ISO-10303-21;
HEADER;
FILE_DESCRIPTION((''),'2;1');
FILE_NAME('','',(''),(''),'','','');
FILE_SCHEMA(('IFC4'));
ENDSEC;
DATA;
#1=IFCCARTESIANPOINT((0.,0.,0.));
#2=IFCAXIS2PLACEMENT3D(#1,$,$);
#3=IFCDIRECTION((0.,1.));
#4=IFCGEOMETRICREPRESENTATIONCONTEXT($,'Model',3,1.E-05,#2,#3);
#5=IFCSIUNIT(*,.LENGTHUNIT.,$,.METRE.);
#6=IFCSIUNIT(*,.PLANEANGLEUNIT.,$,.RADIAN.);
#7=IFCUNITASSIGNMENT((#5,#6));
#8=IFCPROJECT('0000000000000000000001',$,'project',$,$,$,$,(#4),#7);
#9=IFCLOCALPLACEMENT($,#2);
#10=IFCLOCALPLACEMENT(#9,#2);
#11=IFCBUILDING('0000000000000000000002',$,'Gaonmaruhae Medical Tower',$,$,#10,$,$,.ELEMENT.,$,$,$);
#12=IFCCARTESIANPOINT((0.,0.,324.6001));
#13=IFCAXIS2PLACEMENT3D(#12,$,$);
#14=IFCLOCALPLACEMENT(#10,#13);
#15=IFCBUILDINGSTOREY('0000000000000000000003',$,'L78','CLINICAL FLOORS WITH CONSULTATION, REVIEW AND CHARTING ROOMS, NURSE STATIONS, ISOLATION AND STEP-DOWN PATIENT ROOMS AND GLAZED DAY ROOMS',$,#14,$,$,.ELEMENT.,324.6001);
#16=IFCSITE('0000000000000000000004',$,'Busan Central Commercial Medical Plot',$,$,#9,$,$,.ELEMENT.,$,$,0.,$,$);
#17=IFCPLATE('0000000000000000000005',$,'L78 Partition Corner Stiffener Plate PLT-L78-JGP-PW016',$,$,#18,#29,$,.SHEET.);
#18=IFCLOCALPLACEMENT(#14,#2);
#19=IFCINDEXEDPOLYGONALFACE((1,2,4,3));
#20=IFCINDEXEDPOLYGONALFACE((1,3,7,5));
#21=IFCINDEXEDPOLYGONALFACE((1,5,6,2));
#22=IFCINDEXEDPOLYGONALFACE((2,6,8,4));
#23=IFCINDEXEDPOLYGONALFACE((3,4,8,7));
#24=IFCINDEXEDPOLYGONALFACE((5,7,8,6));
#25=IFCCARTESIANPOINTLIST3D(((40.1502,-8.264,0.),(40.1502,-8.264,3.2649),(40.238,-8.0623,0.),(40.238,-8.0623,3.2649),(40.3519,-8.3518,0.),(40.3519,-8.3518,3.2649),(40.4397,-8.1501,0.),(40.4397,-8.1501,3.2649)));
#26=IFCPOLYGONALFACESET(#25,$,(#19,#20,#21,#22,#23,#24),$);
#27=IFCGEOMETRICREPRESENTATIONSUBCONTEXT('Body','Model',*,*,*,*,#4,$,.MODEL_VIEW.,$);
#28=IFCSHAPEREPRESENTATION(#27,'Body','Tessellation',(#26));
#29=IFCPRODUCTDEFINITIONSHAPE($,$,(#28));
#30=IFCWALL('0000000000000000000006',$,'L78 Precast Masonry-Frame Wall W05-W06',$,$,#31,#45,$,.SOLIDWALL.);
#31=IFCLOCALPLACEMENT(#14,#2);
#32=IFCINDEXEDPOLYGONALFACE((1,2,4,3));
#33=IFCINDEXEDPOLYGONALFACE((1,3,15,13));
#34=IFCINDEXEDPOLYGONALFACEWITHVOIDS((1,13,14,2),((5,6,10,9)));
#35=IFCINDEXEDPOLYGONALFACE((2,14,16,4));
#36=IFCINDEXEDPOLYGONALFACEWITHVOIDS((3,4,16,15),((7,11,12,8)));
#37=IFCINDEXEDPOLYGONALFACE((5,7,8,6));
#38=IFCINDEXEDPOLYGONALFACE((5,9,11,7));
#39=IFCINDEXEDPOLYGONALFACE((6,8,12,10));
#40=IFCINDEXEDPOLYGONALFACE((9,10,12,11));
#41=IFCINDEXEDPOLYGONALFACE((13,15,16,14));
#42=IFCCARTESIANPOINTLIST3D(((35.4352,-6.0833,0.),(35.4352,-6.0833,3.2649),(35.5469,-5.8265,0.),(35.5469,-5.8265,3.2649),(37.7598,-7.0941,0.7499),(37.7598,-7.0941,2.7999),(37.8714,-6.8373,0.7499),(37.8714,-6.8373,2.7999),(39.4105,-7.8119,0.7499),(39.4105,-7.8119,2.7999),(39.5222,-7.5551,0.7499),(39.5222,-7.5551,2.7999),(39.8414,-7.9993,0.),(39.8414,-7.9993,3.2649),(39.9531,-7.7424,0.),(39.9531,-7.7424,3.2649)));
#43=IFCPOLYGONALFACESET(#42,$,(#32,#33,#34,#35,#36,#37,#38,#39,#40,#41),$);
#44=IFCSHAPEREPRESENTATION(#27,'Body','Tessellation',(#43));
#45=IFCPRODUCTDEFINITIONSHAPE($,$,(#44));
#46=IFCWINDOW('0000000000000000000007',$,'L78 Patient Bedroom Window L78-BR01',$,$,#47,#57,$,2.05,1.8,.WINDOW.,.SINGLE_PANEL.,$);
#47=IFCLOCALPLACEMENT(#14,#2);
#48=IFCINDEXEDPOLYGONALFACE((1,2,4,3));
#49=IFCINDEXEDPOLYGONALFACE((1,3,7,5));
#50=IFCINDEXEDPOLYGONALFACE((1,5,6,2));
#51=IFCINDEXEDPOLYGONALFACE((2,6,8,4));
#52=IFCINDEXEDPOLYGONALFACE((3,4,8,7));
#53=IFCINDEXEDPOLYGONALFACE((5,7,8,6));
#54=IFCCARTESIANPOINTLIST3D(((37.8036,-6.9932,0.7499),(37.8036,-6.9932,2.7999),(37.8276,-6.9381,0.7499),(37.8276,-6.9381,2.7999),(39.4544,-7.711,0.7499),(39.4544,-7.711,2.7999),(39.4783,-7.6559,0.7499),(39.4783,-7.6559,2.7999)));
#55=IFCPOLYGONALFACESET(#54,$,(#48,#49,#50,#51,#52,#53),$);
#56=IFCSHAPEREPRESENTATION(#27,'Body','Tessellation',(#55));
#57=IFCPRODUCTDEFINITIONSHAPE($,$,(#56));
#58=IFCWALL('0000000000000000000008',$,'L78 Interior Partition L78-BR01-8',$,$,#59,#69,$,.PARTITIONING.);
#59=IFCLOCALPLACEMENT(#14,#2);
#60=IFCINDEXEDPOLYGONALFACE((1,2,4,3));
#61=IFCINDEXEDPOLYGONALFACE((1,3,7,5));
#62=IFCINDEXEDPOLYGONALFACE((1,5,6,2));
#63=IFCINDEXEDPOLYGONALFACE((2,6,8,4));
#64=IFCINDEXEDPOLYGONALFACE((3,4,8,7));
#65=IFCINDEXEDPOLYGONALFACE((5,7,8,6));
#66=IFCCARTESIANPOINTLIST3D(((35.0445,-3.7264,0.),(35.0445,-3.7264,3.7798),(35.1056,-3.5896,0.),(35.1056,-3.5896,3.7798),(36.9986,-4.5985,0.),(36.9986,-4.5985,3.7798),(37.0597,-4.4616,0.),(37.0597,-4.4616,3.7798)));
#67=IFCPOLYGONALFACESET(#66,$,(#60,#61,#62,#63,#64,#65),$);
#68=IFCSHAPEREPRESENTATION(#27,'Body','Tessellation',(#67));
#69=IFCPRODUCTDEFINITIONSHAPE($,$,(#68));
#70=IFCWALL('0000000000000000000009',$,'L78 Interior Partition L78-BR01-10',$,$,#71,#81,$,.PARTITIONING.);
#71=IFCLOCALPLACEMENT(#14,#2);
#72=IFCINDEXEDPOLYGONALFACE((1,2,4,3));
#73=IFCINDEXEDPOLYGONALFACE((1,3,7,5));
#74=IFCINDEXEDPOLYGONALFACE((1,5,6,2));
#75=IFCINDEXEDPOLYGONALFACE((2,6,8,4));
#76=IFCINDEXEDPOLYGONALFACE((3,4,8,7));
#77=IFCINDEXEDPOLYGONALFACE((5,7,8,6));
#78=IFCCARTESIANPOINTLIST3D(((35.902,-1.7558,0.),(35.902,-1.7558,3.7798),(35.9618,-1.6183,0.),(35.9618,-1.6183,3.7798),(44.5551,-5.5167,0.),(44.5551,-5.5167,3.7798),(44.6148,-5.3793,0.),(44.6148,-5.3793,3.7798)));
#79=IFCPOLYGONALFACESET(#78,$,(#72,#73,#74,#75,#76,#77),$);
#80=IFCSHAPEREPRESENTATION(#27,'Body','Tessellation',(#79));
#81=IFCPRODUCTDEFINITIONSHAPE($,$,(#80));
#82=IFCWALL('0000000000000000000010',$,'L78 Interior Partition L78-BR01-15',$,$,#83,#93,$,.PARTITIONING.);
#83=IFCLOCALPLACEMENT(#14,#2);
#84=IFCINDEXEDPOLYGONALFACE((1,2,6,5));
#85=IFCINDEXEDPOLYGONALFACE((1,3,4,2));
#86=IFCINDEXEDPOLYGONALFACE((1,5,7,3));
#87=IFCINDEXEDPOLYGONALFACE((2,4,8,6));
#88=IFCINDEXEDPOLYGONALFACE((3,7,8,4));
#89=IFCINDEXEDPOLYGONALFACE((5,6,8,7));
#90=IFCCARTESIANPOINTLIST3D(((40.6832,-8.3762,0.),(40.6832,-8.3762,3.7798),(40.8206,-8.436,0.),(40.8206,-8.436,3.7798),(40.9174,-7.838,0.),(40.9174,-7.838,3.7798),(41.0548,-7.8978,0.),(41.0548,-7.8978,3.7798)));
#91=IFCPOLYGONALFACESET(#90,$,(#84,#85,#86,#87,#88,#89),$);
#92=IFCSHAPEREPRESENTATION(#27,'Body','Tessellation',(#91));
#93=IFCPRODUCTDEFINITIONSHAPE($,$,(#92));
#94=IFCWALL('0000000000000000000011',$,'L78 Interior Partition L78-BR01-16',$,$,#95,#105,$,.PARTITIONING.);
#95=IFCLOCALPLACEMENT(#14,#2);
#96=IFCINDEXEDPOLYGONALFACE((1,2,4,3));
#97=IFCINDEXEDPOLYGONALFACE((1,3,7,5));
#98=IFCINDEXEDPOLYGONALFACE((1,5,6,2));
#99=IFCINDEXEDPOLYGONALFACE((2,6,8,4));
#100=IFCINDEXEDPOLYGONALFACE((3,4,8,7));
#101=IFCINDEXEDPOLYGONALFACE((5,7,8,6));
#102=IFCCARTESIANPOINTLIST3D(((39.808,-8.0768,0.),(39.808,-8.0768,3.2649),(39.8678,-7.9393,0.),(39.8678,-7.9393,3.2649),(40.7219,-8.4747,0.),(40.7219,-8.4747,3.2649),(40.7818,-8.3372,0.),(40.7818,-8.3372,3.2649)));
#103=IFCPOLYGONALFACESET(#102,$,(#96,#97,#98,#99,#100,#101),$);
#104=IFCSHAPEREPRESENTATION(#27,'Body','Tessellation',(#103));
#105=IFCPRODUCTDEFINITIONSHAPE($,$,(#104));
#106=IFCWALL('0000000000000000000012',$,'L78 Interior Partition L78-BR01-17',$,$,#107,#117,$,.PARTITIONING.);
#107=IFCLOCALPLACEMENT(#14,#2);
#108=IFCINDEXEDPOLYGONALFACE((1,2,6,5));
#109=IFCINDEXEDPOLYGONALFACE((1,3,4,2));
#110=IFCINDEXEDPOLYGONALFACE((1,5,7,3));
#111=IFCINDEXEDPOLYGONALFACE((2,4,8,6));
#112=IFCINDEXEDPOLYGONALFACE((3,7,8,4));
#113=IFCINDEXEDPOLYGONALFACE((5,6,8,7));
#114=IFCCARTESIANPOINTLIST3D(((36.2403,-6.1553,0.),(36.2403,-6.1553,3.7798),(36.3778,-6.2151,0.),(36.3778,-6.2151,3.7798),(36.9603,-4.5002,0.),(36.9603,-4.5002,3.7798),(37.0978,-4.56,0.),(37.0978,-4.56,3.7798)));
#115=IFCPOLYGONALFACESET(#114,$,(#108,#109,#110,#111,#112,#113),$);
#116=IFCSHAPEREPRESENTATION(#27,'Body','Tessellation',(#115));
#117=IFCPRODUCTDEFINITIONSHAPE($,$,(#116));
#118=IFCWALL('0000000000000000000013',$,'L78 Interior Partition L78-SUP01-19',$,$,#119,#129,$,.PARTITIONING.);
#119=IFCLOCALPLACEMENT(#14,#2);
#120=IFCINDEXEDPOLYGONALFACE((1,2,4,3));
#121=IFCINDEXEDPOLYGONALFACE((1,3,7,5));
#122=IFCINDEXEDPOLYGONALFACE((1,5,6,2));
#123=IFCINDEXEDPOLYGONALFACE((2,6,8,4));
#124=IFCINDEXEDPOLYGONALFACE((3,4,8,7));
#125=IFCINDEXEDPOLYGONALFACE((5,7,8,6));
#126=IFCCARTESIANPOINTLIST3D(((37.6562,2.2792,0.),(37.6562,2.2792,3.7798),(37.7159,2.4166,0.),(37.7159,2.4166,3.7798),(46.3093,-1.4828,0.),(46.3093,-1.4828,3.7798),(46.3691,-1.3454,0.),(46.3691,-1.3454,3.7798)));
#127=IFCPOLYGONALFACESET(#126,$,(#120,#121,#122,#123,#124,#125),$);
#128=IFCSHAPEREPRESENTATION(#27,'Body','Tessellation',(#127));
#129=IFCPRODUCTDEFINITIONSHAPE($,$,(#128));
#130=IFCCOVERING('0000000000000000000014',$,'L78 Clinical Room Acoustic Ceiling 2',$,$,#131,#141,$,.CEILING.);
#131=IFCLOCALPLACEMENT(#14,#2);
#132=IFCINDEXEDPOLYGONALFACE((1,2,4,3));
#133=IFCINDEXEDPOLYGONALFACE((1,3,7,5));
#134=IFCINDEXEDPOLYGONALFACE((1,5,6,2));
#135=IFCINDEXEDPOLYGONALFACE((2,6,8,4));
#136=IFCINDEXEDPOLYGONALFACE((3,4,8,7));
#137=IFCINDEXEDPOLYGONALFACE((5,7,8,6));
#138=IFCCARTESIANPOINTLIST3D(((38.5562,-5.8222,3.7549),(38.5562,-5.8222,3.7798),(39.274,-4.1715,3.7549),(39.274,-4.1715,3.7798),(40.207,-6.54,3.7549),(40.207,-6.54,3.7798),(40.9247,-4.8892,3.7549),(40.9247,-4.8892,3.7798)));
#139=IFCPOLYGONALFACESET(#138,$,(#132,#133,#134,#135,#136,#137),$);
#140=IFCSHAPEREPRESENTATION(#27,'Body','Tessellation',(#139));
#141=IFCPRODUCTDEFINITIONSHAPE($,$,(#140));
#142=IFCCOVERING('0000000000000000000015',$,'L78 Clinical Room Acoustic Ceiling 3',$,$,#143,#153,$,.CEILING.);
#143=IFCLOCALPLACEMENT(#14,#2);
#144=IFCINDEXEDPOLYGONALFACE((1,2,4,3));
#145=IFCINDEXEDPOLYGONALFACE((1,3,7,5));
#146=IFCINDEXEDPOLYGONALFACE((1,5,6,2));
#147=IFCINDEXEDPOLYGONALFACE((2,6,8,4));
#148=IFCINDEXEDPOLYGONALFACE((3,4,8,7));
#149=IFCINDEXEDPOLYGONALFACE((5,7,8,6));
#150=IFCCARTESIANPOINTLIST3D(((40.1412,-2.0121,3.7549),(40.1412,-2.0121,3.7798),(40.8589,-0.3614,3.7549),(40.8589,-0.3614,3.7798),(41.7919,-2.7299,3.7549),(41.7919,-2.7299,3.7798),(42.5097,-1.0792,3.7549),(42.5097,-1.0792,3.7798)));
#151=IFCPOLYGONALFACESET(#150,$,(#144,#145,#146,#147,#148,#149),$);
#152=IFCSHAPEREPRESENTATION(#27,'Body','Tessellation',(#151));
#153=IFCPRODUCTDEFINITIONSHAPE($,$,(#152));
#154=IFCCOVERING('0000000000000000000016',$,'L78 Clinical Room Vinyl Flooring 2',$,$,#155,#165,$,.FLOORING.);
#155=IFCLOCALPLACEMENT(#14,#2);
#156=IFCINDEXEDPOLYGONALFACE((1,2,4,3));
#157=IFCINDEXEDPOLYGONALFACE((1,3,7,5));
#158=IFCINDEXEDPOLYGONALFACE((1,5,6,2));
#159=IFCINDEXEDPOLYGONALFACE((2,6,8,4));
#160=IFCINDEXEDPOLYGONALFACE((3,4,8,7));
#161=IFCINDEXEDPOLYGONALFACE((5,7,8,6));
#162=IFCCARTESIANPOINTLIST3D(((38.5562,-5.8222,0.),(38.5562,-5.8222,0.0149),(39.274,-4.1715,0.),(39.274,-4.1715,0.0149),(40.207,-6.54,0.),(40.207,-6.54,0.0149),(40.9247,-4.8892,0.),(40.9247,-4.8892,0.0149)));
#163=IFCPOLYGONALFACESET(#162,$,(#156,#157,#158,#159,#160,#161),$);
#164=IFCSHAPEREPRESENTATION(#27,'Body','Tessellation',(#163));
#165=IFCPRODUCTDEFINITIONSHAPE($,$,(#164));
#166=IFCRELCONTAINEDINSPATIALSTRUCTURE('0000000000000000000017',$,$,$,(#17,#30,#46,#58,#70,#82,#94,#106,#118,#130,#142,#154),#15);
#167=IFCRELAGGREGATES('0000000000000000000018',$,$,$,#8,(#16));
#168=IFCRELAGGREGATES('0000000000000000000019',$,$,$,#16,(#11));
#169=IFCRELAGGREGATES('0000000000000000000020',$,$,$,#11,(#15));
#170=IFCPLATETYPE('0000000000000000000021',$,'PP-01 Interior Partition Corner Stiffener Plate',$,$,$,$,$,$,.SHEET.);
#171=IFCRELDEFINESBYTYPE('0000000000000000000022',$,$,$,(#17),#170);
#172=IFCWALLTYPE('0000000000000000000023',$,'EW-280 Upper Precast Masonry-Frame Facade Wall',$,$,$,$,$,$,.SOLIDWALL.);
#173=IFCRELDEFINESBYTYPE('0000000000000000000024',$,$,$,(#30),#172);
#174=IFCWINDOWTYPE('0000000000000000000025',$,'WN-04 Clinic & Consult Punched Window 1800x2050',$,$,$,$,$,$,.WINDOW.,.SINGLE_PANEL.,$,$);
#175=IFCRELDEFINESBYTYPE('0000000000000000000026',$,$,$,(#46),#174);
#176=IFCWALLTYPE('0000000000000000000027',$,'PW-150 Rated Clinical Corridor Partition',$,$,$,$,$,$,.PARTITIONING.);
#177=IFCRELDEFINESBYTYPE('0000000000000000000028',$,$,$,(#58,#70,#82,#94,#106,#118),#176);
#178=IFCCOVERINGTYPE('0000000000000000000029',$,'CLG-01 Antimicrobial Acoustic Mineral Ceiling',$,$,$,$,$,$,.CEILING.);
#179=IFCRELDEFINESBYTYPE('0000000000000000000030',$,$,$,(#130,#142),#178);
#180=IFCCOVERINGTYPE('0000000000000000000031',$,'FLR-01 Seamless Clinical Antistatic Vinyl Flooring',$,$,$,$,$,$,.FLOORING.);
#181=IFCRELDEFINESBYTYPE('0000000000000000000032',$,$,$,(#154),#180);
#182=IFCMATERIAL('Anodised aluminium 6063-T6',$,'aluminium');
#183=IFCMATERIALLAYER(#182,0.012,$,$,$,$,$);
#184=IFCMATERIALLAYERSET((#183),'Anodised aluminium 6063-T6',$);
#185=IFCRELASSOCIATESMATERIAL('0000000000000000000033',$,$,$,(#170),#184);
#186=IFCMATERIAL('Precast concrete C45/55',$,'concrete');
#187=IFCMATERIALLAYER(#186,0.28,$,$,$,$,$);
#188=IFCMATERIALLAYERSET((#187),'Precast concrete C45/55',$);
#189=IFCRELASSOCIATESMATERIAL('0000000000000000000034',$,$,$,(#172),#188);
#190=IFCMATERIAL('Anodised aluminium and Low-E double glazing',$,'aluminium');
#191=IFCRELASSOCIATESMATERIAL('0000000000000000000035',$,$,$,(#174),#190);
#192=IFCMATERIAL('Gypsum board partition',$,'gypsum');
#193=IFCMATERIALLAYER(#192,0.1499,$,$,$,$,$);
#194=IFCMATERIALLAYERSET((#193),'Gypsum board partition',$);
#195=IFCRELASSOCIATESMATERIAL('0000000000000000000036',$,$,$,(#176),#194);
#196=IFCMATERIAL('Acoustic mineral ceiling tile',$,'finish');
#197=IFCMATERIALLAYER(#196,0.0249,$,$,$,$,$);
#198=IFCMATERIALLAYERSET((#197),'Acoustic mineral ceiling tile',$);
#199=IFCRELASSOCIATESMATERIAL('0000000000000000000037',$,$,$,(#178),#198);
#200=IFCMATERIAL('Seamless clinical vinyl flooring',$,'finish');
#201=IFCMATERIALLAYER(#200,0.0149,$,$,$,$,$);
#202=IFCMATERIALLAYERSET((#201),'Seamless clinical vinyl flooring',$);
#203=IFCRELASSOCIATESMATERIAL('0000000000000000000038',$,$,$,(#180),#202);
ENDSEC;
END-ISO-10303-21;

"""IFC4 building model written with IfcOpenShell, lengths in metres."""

from ifc_helpers import new_model, si_unit, direction, frame, frame_2d, origin, origin_2d, place, context, subcontext, project, spatial, rectangle, extrude, material, layer, layer_set, type_object, element, fill, save


model = new_model("IFC4")

# Units and contexts
model_context = context("Model", 3, precision=1e-05, world=origin(), true_north=direction((0.0, 1.0)))
body_context = subcontext(model_context, "Body", "Model", "MODEL_VIEW")
ifc_project = project(units=[si_unit("LENGTHUNIT", "METRE"), si_unit("PLANEANGLEUNIT", "RADIAN")], contexts=[model_context])

# Site, building, storey
site_placement = place(None, origin())
site = spatial("IfcSite", under=ifc_project, at=site_placement, Name="Busan Central Commercial Medical Plot", CompositionType="ELEMENT", RefElevation=0.0)
building_placement = place(site_placement, origin())
building = spatial("IfcBuilding", under=site, at=building_placement, Name="Gaonmaruhae Medical Tower", CompositionType="ELEMENT")
storey_placement = place(building_placement, frame((0.0, 0.0, 324.6001)))
storey = spatial("IfcBuildingStorey", under=building, at=storey_placement, Name="L78", Description="CLINICAL FLOORS WITH CONSULTATION, REVIEW AND CHARTING ROOMS, NURSE STATIONS, ISOLATION AND STEP-DOWN PATIENT ROOMS AND GLAZED DAY ROOMS", CompositionType="ELEMENT", Elevation=324.6001)

# Plate
ifc_material_1 = material(Name="Anodised aluminium 6063-T6", Category="aluminium")
ifc_layer_1 = layer(ifc_material_1, 0.012)
ifc_layer_set_1 = layer_set([ifc_layer_1], Name="Anodised aluminium 6063-T6")
plate_type = type_object("IfcPlateType", Name="PP-01 Interior Partition Corner Stiffener Plate", PredefinedType="SHEET", material=ifc_layer_set_1)
plate_1_placement = place(storey_placement, frame((40.2949, -8.207, 0.0), z_axis=(0.0, 0.0, 1.0), x_axis=(-0.916844, 0.399245, 0.0)))
element("IfcPlate", 1, at=plate_1_placement, inside=storey, type_object=plate_type, Name="L78 Partition Corner Stiffener Plate PLT-L78-JGP-PW016", PredefinedType="SHEET", context=body_context, shape_type="SweptSolid", body=[
    extrude(rectangle(XDim=0.22, YDim=0.22, at=origin_2d()), origin(), (0.0, 0.0, 1.0), 3.2649),
])

# Wall, opening, window
ifc_material_2 = material(Name="Precast concrete C45/55", Category="concrete")
ifc_layer_2 = layer(ifc_material_2, 0.28)
ifc_layer_set_2 = layer_set([ifc_layer_2], Name="Precast concrete C45/55")
wall_type_1 = type_object("IfcWallType", Name="EW-280 Upper Precast Masonry-Frame Facade Wall", PredefinedType="SOLIDWALL", material=ifc_layer_set_2)
wall_1_placement = place(storey_placement, frame((39.8972, -7.8708, 0.0), z_axis=(0.0, 0.0, 1.0), x_axis=(-0.917051, 0.398771, 0.0)))
wall_1 = element("IfcWall", 2, at=wall_1_placement, inside=storey, type_object=wall_type_1, Name="L78 Precast Masonry-Frame Wall W05-W06", PredefinedType="SOLIDWALL", context=body_context, shape_type="SweptSolid", body=[
    extrude(rectangle(XDim=4.8047, YDim=0.28, at=frame_2d((2.4023, 0.0))), origin(), (0.0, 0.0, 1.0), 3.2649),
])
opening_1_placement = place(wall_1_placement, frame((0.47, 0.0, 0.75)))
opening_1 = element("IfcOpeningElement", 3, at=opening_1_placement, cuts=wall_1, PredefinedType="OPENING", context=body_context, shape_type="SweptSolid", body=[
    extrude(rectangle(XDim=1.8, YDim=2.05, at=frame_2d((0.8999, 1.0249))), frame((0.0, 0.1499, 0.0), z_axis=(0.0, -1.0, 0.0), x_axis=(1.0, 0.0, 0.0)), (0.0, 0.0, 1.0), 0.3),
])
ifc_material_3 = material(Name="Anodised aluminium and Low-E double glazing", Category="aluminium")
window_type = type_object("IfcWindowType", Name="WN-04 Clinic & Consult Punched Window 1800x2050", PartitioningType="SINGLE_PANEL", PredefinedType="WINDOW", material=ifc_material_3)
window_placement = place(opening_1_placement, origin())
window = element("IfcWindow", 4, at=window_placement, inside=storey, type_object=window_type, Name="L78 Patient Bedroom Window L78-BR01", OverallHeight=2.05, OverallWidth=1.8, PartitioningType="SINGLE_PANEL", PredefinedType="WINDOW", context=body_context, shape_type="SweptSolid", body=[
    extrude(rectangle(XDim=1.8, YDim=2.05, at=frame_2d((0.8999, 1.0249))), frame((0.0, 0.03, 0.0), z_axis=(0.0, -1.0, 0.0), x_axis=(1.0, 0.0, 0.0)), (0.0, 0.0, 1.0), 0.0601),
])
fill(opening_1, window)

# Wall
ifc_material_4 = material(Name="Gypsum board partition", Category="gypsum")
ifc_layer_3 = layer(ifc_material_4, 0.1499)
ifc_layer_set_3 = layer_set([ifc_layer_3], Name="Gypsum board partition")
wall_type_2 = type_object("IfcWallType", Name="PW-150 Rated Clinical Corridor Partition", PredefinedType="PARTITIONING", material=ifc_layer_set_3)
wall_2_placement = place(storey_placement, frame((37.0291, -4.53, 0.0), z_axis=(0.0, 0.0, 1.0), x_axis=(-0.913189, 0.407535, 0.0)))
element("IfcWall", 5, at=wall_2_placement, inside=storey, type_object=wall_type_2, Name="L78 Interior Partition L78-BR01-8", PredefinedType="PARTITIONING", context=body_context, shape_type="SweptSolid", body=[
    extrude(rectangle(XDim=2.1399, YDim=0.1499, at=frame_2d((1.0698, 0.0))), origin(), (0.0, 0.0, 1.0), 3.7798),
])

# Walls
wall_3_placement = place(storey_placement, frame((35.9319, -1.687, 0.0), z_axis=(0.0, 0.0, 1.0), x_axis=(0.917117, -0.398617, 0.0)))
element("IfcWall", 6, at=wall_3_placement, inside=storey, type_object=wall_type_2, Name="L78 Interior Partition L78-BR01-10", PredefinedType="PARTITIONING", context=body_context, shape_type="SweptSolid", body=[
    extrude(rectangle(XDim=9.4351, YDim=0.1499, at=frame_2d((4.7175, 0.0))), origin(), (0.0, 0.0, 1.0), 3.7798),
])
wall_4_placement = place(storey_placement, frame((40.9861, -7.8679, 0.0), z_axis=(0.0, 0.0, 1.0), x_axis=(-0.398985, -0.916958, 0.0)))
element("IfcWall", 7, at=wall_4_placement, inside=storey, type_object=wall_type_2, Name="L78 Interior Partition L78-BR01-15", PredefinedType="PARTITIONING", context=body_context, shape_type="SweptSolid", body=[
    extrude(rectangle(XDim=0.5869, YDim=0.1499, at=frame_2d((0.2935, 0.0))), origin(), (0.0, 0.0, 1.0), 3.7798),
])
wall_5_placement = place(storey_placement, frame((40.752, -8.406, 0.0), z_axis=(0.0, 0.0, 1.0), x_axis=(-0.916875, 0.399174, 0.0)))
element("IfcWall", 8, at=wall_5_placement, inside=storey, type_object=wall_type_2, Name="L78 Interior Partition L78-BR01-16", PredefinedType="PARTITIONING", context=body_context, shape_type="SweptSolid", body=[
    extrude(rectangle(XDim=0.9968, YDim=0.1499, at=frame_2d((0.4985, 0.0))), origin(), (0.0, 0.0, 1.0), 3.2649),
])
wall_6_placement = place(storey_placement, frame((36.3091, -6.1851, 0.0), z_axis=(0.0, 0.0, 1.0), x_axis=(0.398909, 0.91699, 0.0)))
element("IfcWall", 9, at=wall_6_placement, inside=storey, type_object=wall_type_2, Name="L78 Interior Partition L78-BR01-17", PredefinedType="PARTITIONING", context=body_context, shape_type="SweptSolid", body=[
    extrude(rectangle(XDim=1.8049, YDim=0.1499, at=frame_2d((0.9023, 0.0))), origin(), (0.0, 0.0, 1.0), 3.7798),
])

# Wall
wall_7_placement = place(storey_placement, frame((37.686, 2.3479, 0.0), z_axis=(0.0, 0.0, 1.0), x_axis=(0.91708, -0.398704, 0.0)))
element("IfcWall", 10, at=wall_7_placement, inside=storey, type_object=wall_type_2, Name="L78 Interior Partition L78-SUP01-19", PredefinedType="PARTITIONING", context=body_context, shape_type="SweptSolid", body=[
    extrude(rectangle(XDim=9.4355, YDim=0.1499, at=frame_2d((4.7178, 0.0))), origin(), (0.0, 0.0, 1.0), 3.7798),
])

# Coverings
ifc_material_5 = material(Name="Acoustic mineral ceiling tile", Category="finish")
ifc_layer_4 = layer(ifc_material_5, 0.0249)
ifc_layer_set_4 = layer_set([ifc_layer_4], Name="Acoustic mineral ceiling tile")
covering_type_1 = type_object("IfcCoveringType", Name="CLG-01 Antimicrobial Acoustic Mineral Ceiling", PredefinedType="CEILING", material=ifc_layer_set_4)
for number, where, z_axis, x_axis, name in (
    (11, (39.7405, -5.3557, 3.7549), (0.0, 0.0, 1.0), (0.398749, 0.91706, 0.0), "L78 Clinical Room Acoustic Ceiling 2"),
    (12, (41.3254, -1.5457, 3.7549), (0.0, 0.0, 1.0), (0.398749, 0.91706, 0.0), "L78 Clinical Room Acoustic Ceiling 3"),
):
    element("IfcCovering", number, at=place(storey_placement, frame(where, z_axis=z_axis, x_axis=x_axis)), inside=storey, type_object=covering_type_1, Name=name, PredefinedType="CEILING", context=body_context, shape_type="SweptSolid", body=[
        extrude(rectangle(XDim=1.8, YDim=1.8, at=origin_2d()), origin(), (0.0, 0.0, 1.0), 0.0249),
    ])
ifc_material_6 = material(Name="Seamless clinical vinyl flooring", Category="finish")
ifc_layer_5 = layer(ifc_material_6, 0.0149)
ifc_layer_set_5 = layer_set([ifc_layer_5], Name="Seamless clinical vinyl flooring")
covering_type_2 = type_object("IfcCoveringType", Name="FLR-01 Seamless Clinical Antistatic Vinyl Flooring", PredefinedType="FLOORING", material=ifc_layer_set_5)
covering_placement = place(storey_placement, frame((39.7405, -5.3557, 0.0), z_axis=(0.0, 0.0, 1.0), x_axis=(0.398749, 0.91706, 0.0)))
element("IfcCovering", 13, at=covering_placement, inside=storey, type_object=covering_type_2, Name="L78 Clinical Room Vinyl Flooring 2", PredefinedType="FLOORING", context=body_context, shape_type="SweptSolid", body=[
    extrude(rectangle(XDim=1.8, YDim=1.8, at=origin_2d()), origin(), (0.0, 0.0, 1.0), 0.0149),
])

save(model, "model.ifc")
